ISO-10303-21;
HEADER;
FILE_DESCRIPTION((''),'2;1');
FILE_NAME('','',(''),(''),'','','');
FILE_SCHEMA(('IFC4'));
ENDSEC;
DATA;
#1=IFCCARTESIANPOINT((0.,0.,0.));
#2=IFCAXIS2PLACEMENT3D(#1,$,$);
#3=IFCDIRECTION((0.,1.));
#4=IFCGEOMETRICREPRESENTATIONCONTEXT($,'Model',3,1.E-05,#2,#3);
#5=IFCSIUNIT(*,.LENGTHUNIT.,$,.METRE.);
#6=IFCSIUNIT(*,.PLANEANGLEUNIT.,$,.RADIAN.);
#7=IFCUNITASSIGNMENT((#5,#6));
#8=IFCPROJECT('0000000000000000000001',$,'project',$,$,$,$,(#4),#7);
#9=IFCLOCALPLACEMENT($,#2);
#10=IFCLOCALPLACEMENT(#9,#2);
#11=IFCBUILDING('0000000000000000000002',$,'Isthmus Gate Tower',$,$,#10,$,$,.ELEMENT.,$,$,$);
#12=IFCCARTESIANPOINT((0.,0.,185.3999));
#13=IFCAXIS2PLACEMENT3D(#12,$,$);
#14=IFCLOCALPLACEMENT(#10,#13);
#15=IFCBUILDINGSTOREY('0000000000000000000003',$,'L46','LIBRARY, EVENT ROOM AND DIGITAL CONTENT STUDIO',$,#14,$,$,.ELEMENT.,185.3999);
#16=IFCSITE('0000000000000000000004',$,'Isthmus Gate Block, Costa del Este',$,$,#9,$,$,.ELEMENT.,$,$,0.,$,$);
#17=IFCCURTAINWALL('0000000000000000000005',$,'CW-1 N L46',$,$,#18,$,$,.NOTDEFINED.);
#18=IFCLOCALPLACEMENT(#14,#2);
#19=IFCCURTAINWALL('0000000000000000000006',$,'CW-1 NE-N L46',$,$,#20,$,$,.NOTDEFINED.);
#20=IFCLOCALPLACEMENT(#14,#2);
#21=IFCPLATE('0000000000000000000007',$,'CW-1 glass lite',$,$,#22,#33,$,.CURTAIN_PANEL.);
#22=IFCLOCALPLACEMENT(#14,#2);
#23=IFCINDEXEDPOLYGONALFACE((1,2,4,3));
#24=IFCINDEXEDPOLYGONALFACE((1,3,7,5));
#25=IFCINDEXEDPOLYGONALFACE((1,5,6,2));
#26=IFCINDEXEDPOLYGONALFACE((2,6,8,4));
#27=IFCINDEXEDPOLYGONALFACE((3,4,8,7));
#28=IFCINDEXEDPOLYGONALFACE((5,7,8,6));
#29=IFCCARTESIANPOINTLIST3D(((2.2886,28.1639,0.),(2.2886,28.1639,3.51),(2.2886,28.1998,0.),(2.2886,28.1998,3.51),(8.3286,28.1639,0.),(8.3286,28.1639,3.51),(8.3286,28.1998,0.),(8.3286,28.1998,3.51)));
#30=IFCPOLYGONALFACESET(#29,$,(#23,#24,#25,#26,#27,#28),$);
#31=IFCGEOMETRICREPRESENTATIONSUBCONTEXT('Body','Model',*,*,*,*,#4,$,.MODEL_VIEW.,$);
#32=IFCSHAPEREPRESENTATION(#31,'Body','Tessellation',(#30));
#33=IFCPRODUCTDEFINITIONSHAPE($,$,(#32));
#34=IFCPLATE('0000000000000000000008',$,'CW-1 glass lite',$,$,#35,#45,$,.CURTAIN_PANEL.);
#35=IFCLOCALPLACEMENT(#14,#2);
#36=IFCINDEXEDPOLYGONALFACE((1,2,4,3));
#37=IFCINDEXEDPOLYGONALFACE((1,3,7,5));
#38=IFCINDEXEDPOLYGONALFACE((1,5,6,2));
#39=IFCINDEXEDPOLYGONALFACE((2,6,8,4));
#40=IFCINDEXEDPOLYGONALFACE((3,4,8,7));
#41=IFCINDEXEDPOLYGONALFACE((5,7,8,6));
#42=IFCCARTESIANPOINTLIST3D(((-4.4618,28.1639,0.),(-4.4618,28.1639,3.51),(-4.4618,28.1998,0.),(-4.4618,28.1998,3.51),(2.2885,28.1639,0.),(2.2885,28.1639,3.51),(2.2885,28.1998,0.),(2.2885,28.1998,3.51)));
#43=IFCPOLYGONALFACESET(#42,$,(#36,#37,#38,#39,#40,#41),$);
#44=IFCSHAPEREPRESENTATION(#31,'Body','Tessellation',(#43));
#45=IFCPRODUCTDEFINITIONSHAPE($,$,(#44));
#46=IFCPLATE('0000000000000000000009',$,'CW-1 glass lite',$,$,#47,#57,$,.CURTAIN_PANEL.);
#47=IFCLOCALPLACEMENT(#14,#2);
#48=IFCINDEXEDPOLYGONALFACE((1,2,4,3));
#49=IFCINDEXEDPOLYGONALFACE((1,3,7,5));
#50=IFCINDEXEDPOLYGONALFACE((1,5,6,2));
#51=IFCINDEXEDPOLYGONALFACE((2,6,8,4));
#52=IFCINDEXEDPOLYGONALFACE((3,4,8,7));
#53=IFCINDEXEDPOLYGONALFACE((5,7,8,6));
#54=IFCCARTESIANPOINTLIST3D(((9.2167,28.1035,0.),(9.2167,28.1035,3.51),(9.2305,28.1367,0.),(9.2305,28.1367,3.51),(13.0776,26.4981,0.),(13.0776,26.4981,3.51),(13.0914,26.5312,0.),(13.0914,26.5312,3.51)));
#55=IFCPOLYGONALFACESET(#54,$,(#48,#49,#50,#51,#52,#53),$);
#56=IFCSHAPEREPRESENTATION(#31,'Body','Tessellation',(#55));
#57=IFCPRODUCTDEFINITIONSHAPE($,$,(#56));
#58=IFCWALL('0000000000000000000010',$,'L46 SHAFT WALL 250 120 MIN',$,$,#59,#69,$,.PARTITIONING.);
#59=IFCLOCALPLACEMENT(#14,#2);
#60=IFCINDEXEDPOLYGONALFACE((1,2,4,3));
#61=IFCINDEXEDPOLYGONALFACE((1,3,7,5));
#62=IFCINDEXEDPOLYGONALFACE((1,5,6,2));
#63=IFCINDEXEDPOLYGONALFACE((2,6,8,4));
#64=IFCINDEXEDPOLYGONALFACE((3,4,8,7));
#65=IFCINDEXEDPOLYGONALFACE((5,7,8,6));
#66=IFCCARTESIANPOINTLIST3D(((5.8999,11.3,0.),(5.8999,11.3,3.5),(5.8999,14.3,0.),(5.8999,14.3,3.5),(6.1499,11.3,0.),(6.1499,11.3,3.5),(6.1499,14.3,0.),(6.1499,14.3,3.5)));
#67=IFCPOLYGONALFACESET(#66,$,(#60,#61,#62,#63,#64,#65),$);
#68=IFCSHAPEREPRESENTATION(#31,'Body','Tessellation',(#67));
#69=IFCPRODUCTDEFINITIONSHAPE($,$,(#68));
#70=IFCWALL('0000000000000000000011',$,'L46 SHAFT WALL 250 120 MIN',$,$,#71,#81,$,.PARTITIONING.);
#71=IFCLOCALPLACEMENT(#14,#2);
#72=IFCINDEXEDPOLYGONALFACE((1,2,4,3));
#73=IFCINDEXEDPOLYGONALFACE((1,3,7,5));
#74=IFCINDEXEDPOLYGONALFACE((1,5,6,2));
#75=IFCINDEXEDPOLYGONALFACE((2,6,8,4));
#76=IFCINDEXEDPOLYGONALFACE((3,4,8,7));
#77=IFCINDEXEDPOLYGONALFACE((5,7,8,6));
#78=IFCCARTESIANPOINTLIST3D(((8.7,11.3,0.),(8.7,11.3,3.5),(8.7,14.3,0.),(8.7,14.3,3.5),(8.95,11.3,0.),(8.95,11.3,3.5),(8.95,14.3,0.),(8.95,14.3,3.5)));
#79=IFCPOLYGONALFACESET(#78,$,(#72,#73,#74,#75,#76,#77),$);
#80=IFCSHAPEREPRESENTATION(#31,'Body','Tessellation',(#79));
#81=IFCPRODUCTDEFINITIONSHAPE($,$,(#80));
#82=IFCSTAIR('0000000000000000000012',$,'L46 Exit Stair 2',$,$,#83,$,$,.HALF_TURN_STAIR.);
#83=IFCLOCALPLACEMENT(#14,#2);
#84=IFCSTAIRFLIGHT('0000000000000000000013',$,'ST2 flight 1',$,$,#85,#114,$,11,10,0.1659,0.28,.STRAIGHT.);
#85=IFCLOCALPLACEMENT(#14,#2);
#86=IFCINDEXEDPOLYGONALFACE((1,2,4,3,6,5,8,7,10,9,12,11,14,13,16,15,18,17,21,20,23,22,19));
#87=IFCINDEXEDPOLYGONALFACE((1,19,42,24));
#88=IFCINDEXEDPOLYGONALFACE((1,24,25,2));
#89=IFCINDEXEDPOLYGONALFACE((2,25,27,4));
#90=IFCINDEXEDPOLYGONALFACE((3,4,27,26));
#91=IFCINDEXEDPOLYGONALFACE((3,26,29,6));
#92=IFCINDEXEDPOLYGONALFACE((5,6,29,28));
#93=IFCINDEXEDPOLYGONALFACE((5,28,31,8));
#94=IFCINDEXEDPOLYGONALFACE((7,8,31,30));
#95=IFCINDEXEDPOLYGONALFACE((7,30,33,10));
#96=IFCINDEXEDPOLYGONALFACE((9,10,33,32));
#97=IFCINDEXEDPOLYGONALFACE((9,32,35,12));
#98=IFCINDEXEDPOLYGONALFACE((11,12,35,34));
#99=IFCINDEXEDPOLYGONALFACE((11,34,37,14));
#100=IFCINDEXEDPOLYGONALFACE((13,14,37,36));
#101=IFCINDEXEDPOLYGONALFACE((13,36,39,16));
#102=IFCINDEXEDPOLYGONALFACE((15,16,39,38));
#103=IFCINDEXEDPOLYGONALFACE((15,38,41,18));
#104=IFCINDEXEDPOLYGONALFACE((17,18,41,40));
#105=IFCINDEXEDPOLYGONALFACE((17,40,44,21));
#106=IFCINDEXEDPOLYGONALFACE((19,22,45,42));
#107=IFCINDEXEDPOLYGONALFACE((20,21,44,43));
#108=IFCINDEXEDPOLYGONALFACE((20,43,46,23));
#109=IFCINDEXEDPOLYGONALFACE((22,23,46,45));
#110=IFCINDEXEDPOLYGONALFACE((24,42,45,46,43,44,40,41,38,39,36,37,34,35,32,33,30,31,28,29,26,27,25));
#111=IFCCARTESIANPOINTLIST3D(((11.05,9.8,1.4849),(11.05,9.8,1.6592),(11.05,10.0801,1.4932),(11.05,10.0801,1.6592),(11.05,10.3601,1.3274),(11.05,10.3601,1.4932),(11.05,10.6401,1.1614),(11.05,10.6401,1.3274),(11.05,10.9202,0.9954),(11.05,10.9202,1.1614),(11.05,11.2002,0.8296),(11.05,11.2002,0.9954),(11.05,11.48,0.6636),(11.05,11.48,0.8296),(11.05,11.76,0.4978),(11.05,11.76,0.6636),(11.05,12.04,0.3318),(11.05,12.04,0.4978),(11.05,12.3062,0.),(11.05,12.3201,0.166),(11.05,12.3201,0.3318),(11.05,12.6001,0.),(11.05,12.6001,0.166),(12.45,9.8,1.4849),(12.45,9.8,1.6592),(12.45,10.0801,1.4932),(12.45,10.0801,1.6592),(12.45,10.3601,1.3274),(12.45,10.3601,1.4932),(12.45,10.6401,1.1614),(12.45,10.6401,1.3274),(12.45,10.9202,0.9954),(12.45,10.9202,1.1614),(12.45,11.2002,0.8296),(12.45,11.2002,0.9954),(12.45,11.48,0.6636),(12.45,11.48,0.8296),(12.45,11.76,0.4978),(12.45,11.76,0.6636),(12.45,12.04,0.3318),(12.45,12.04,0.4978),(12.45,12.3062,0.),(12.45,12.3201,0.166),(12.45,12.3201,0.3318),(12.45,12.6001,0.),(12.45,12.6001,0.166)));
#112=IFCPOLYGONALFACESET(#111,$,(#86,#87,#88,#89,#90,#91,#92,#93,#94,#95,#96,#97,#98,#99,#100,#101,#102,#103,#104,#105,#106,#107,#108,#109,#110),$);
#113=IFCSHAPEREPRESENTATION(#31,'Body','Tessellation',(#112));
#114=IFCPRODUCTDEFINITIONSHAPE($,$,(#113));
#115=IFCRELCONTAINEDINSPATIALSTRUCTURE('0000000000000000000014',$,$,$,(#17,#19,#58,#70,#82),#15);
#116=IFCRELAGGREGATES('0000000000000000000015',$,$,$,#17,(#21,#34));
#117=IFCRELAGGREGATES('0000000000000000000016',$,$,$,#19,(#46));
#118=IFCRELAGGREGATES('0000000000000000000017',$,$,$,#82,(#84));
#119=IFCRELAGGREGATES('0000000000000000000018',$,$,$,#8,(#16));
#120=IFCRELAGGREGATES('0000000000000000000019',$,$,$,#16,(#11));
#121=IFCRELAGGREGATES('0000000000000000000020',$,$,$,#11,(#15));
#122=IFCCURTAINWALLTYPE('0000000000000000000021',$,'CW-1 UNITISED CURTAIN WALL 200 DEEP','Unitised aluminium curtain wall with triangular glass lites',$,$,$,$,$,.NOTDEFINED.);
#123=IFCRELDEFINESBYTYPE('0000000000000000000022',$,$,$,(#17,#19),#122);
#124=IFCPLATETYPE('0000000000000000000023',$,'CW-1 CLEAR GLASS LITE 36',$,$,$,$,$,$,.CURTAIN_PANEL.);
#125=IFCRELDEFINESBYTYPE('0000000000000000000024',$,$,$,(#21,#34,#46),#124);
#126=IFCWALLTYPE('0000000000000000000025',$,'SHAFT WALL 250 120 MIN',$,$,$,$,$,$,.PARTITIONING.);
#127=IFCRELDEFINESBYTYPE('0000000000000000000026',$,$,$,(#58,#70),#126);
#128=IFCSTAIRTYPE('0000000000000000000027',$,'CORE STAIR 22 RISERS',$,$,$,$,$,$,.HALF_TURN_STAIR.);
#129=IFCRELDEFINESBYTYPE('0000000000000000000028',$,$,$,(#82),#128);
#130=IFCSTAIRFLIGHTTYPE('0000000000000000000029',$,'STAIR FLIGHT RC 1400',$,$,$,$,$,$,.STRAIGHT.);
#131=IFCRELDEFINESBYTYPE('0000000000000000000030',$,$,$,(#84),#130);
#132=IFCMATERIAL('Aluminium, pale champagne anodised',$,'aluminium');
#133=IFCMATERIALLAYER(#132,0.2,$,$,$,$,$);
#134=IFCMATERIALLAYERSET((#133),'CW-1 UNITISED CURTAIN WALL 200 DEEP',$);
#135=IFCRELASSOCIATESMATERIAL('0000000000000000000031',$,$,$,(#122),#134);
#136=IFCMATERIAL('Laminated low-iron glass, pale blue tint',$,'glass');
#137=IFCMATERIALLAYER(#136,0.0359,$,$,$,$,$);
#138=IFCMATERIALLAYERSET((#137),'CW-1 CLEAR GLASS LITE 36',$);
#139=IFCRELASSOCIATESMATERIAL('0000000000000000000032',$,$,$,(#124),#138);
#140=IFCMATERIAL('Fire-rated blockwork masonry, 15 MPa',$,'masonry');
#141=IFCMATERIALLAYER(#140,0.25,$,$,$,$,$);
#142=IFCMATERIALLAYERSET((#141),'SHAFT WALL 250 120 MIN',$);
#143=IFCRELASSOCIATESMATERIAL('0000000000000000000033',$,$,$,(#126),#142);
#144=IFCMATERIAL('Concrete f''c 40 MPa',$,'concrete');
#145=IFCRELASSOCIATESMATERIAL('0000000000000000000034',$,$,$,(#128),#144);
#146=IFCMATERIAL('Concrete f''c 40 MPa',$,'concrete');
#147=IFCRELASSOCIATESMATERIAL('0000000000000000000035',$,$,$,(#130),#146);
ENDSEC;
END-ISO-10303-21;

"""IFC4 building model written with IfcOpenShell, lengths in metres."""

from ifc_helpers import new_model, si_unit, direction, frame, frame_2d, origin, origin_2d, place, context, subcontext, project, spatial, polyline, rectangle, outline, extrude, material, layer, layer_set, type_object, element, aggregate, save


model = new_model("IFC4")

# Units and contexts
model_context = context("Model", 3, precision=1e-05, world=origin(), true_north=direction((0.0, 1.0)))
body_context = subcontext(model_context, "Body", "Model", "MODEL_VIEW")
ifc_project = project(units=[si_unit("LENGTHUNIT", "METRE"), si_unit("PLANEANGLEUNIT", "RADIAN")], contexts=[model_context])

# Site, building, storey
site_placement = place(None, origin())
site = spatial("IfcSite", under=ifc_project, at=site_placement, Name="Isthmus Gate Block, Costa del Este", CompositionType="ELEMENT", RefElevation=0.0)
building_placement = place(site_placement, origin())
building = spatial("IfcBuilding", under=site, at=building_placement, Name="Isthmus Gate Tower", CompositionType="ELEMENT")
storey_placement = place(building_placement, frame((0.0, 0.0, 185.3999)))
storey = spatial("IfcBuildingStorey", under=building, at=storey_placement, Name="L46", Description="LIBRARY, EVENT ROOM AND DIGITAL CONTENT STUDIO", CompositionType="ELEMENT", Elevation=185.3999)

# Curtain walls
ifc_material_1 = material(Name="Aluminium, pale champagne anodised", Category="aluminium")
ifc_layer_1 = layer(ifc_material_1, 0.2)
ifc_layer_set_1 = layer_set([ifc_layer_1], Name="CW-1 UNITISED CURTAIN WALL 200 DEEP")
curtain_wall_type = type_object("IfcCurtainWallType", Name="CW-1 UNITISED CURTAIN WALL 200 DEEP", Description="Unitised aluminium curtain wall with triangular glass lites", PredefinedType="NOTDEFINED", material=ifc_layer_set_1)
curtain_wall_1_placement = place(storey_placement, origin())
curtain_wall_1 = element("IfcCurtainWall", 1, at=curtain_wall_1_placement, inside=storey, type_object=curtain_wall_type, Name="CW-1 N L46", PredefinedType="NOTDEFINED")
curtain_wall_2_placement = place(storey_placement, origin())
curtain_wall_2 = element("IfcCurtainWall", 2, at=curtain_wall_2_placement, inside=storey, type_object=curtain_wall_type, Name="CW-1 NE-N L46", PredefinedType="NOTDEFINED")

# Plates
ifc_material_2 = material(Name="Laminated low-iron glass, pale blue tint", Category="glass")
ifc_layer_2 = layer(ifc_material_2, 0.0359)
ifc_layer_set_2 = layer_set([ifc_layer_2], Name="CW-1 CLEAR GLASS LITE 36")
plate_type = type_object("IfcPlateType", Name="CW-1 CLEAR GLASS LITE 36", PredefinedType="CURTAIN_PANEL", material=ifc_layer_set_2)
plate_1_placement = place(storey_placement, frame((5.3086, 28.1819, 0.0), z_axis=(0.0, 0.0, 1.0), x_axis=(-1.0, 0.0, 0.0)))
plate_1 = element("IfcPlate", 3, at=plate_1_placement, type_object=plate_type, Name="CW-1 glass lite", PredefinedType="CURTAIN_PANEL", context=body_context, shape_type="SweptSolid", body=[
    extrude(rectangle(XDim=6.04, YDim=0.0359, at=origin_2d()), origin(), (0.0, 0.0, 1.0), 3.51),
])
plate_2_placement = place(storey_placement, frame((-1.0867, 28.1819, 0.0), z_axis=(0.0, 0.0, 1.0), x_axis=(-1.0, 0.0, 0.0)))
plate_2 = element("IfcPlate", 4, at=plate_2_placement, type_object=plate_type, Name="CW-1 glass lite", PredefinedType="CURTAIN_PANEL", context=body_context, shape_type="SweptSolid", body=[
    extrude(rectangle(XDim=6.7502, YDim=0.0359, at=origin_2d()), origin(), (0.0, 0.0, 1.0), 3.51),
])
aggregate(curtain_wall_1, [plate_1, plate_2])
plate_3_placement = place(storey_placement, frame((11.1541, 27.3174, 0.0), z_axis=(0.0, 0.0, 1.0), x_axis=(-0.923353, 0.383952, 0.0)))
plate_3 = element("IfcPlate", 5, at=plate_3_placement, type_object=plate_type, Name="CW-1 glass lite", PredefinedType="CURTAIN_PANEL", context=body_context, shape_type="SweptSolid", body=[
    extrude(rectangle(XDim=4.1814, YDim=0.0359, at=origin_2d()), origin(), (0.0, 0.0, 1.0), 3.51),
])
aggregate(curtain_wall_2, [plate_3])

# Walls
ifc_material_3 = material(Name="Fire-rated blockwork masonry, 15 MPa", Category="masonry")
ifc_layer_3 = layer(ifc_material_3, 0.25)
ifc_layer_set_3 = layer_set([ifc_layer_3], Name="SHAFT WALL 250 120 MIN")
wall_type = type_object("IfcWallType", Name="SHAFT WALL 250 120 MIN", PredefinedType="PARTITIONING", material=ifc_layer_set_3)
for number, where, z_axis, x_axis, name in (
    (6, (6.0249, 11.3, 0.0), (0.0, 0.0, 1.0), (0.0, 1.0, 0.0), "L46 SHAFT WALL 250 120 MIN"),
    (7, (8.825, 11.3, 0.0), (0.0, 0.0, 1.0), (0.0, 1.0, 0.0), "L46 SHAFT WALL 250 120 MIN"),
):
    element("IfcWall", number, at=place(storey_placement, frame(where, z_axis=z_axis, x_axis=x_axis)), inside=storey, type_object=wall_type, Name=name, PredefinedType="PARTITIONING", context=body_context, shape_type="SweptSolid", body=[
        extrude(rectangle(XDim=3.0, YDim=0.25, at=frame_2d((1.5, 0.0))), origin(), (0.0, 0.0, 1.0), 3.5),
    ])

# Stair, stair flight
ifc_material_4 = material(Name="Concrete f'c 40 MPa", Category="concrete")
stair_type = type_object("IfcStairType", Name="CORE STAIR 22 RISERS", PredefinedType="HALF_TURN_STAIR", material=ifc_material_4)
stair_placement = place(storey_placement, origin())
stair = element("IfcStair", 8, at=stair_placement, inside=storey, type_object=stair_type, Name="L46 Exit Stair 2", PredefinedType="HALF_TURN_STAIR")
ifc_material_5 = material(Name="Concrete f'c 40 MPa", Category="concrete")
stair_flight_type = type_object("IfcStairFlightType", Name="STAIR FLIGHT RC 1400", PredefinedType="STRAIGHT", material=ifc_material_5)
stair_flight_placement = place(storey_placement, frame((11.75, 12.6001, 0.0), z_axis=(0.0, 0.0, 1.0), x_axis=(0.0, -1.0, 0.0)))
stair_flight = element("IfcStairFlight", 9, at=stair_flight_placement, type_object=stair_flight_type, Name="ST2 flight 1", NumberOfRisers=11, NumberOfTreads=10, PredefinedType="STRAIGHT", RiserHeight=0.1659, TreadLength=0.28, context=body_context, shape_type="SweptSolid", body=[
    extrude(outline(polyline([(0.0, 0.0), (0.0, 0.166), (0.28, 0.166), (0.28, 0.3318), (0.5601, 0.3318), (0.5601, 0.4978), (0.8401, 0.4978), (0.8401, 0.6636), (1.1201, 0.6636), (1.1201, 0.8296), (1.3999, 0.8296), (1.3999, 0.9954), (1.6799, 0.9954), (1.6799, 1.1614), (1.96, 1.1614), (1.96, 1.3274), (2.24, 1.3274), (2.24, 1.4932), (2.52, 1.4932), (2.52, 1.6592), (2.8, 1.6592), (2.8, 1.825), (2.8, 1.4849), (0.2939, 0.0), (0.0, 0.0)])), frame((0.0, 0.7, 0.0), z_axis=(0.0, -1.0, 0.0), x_axis=(1.0, 0.0, 0.0)), (0.0, 0.0, 1.0), 1.3999),
])
aggregate(stair, [stair_flight])

save(model, "model.ifc")
